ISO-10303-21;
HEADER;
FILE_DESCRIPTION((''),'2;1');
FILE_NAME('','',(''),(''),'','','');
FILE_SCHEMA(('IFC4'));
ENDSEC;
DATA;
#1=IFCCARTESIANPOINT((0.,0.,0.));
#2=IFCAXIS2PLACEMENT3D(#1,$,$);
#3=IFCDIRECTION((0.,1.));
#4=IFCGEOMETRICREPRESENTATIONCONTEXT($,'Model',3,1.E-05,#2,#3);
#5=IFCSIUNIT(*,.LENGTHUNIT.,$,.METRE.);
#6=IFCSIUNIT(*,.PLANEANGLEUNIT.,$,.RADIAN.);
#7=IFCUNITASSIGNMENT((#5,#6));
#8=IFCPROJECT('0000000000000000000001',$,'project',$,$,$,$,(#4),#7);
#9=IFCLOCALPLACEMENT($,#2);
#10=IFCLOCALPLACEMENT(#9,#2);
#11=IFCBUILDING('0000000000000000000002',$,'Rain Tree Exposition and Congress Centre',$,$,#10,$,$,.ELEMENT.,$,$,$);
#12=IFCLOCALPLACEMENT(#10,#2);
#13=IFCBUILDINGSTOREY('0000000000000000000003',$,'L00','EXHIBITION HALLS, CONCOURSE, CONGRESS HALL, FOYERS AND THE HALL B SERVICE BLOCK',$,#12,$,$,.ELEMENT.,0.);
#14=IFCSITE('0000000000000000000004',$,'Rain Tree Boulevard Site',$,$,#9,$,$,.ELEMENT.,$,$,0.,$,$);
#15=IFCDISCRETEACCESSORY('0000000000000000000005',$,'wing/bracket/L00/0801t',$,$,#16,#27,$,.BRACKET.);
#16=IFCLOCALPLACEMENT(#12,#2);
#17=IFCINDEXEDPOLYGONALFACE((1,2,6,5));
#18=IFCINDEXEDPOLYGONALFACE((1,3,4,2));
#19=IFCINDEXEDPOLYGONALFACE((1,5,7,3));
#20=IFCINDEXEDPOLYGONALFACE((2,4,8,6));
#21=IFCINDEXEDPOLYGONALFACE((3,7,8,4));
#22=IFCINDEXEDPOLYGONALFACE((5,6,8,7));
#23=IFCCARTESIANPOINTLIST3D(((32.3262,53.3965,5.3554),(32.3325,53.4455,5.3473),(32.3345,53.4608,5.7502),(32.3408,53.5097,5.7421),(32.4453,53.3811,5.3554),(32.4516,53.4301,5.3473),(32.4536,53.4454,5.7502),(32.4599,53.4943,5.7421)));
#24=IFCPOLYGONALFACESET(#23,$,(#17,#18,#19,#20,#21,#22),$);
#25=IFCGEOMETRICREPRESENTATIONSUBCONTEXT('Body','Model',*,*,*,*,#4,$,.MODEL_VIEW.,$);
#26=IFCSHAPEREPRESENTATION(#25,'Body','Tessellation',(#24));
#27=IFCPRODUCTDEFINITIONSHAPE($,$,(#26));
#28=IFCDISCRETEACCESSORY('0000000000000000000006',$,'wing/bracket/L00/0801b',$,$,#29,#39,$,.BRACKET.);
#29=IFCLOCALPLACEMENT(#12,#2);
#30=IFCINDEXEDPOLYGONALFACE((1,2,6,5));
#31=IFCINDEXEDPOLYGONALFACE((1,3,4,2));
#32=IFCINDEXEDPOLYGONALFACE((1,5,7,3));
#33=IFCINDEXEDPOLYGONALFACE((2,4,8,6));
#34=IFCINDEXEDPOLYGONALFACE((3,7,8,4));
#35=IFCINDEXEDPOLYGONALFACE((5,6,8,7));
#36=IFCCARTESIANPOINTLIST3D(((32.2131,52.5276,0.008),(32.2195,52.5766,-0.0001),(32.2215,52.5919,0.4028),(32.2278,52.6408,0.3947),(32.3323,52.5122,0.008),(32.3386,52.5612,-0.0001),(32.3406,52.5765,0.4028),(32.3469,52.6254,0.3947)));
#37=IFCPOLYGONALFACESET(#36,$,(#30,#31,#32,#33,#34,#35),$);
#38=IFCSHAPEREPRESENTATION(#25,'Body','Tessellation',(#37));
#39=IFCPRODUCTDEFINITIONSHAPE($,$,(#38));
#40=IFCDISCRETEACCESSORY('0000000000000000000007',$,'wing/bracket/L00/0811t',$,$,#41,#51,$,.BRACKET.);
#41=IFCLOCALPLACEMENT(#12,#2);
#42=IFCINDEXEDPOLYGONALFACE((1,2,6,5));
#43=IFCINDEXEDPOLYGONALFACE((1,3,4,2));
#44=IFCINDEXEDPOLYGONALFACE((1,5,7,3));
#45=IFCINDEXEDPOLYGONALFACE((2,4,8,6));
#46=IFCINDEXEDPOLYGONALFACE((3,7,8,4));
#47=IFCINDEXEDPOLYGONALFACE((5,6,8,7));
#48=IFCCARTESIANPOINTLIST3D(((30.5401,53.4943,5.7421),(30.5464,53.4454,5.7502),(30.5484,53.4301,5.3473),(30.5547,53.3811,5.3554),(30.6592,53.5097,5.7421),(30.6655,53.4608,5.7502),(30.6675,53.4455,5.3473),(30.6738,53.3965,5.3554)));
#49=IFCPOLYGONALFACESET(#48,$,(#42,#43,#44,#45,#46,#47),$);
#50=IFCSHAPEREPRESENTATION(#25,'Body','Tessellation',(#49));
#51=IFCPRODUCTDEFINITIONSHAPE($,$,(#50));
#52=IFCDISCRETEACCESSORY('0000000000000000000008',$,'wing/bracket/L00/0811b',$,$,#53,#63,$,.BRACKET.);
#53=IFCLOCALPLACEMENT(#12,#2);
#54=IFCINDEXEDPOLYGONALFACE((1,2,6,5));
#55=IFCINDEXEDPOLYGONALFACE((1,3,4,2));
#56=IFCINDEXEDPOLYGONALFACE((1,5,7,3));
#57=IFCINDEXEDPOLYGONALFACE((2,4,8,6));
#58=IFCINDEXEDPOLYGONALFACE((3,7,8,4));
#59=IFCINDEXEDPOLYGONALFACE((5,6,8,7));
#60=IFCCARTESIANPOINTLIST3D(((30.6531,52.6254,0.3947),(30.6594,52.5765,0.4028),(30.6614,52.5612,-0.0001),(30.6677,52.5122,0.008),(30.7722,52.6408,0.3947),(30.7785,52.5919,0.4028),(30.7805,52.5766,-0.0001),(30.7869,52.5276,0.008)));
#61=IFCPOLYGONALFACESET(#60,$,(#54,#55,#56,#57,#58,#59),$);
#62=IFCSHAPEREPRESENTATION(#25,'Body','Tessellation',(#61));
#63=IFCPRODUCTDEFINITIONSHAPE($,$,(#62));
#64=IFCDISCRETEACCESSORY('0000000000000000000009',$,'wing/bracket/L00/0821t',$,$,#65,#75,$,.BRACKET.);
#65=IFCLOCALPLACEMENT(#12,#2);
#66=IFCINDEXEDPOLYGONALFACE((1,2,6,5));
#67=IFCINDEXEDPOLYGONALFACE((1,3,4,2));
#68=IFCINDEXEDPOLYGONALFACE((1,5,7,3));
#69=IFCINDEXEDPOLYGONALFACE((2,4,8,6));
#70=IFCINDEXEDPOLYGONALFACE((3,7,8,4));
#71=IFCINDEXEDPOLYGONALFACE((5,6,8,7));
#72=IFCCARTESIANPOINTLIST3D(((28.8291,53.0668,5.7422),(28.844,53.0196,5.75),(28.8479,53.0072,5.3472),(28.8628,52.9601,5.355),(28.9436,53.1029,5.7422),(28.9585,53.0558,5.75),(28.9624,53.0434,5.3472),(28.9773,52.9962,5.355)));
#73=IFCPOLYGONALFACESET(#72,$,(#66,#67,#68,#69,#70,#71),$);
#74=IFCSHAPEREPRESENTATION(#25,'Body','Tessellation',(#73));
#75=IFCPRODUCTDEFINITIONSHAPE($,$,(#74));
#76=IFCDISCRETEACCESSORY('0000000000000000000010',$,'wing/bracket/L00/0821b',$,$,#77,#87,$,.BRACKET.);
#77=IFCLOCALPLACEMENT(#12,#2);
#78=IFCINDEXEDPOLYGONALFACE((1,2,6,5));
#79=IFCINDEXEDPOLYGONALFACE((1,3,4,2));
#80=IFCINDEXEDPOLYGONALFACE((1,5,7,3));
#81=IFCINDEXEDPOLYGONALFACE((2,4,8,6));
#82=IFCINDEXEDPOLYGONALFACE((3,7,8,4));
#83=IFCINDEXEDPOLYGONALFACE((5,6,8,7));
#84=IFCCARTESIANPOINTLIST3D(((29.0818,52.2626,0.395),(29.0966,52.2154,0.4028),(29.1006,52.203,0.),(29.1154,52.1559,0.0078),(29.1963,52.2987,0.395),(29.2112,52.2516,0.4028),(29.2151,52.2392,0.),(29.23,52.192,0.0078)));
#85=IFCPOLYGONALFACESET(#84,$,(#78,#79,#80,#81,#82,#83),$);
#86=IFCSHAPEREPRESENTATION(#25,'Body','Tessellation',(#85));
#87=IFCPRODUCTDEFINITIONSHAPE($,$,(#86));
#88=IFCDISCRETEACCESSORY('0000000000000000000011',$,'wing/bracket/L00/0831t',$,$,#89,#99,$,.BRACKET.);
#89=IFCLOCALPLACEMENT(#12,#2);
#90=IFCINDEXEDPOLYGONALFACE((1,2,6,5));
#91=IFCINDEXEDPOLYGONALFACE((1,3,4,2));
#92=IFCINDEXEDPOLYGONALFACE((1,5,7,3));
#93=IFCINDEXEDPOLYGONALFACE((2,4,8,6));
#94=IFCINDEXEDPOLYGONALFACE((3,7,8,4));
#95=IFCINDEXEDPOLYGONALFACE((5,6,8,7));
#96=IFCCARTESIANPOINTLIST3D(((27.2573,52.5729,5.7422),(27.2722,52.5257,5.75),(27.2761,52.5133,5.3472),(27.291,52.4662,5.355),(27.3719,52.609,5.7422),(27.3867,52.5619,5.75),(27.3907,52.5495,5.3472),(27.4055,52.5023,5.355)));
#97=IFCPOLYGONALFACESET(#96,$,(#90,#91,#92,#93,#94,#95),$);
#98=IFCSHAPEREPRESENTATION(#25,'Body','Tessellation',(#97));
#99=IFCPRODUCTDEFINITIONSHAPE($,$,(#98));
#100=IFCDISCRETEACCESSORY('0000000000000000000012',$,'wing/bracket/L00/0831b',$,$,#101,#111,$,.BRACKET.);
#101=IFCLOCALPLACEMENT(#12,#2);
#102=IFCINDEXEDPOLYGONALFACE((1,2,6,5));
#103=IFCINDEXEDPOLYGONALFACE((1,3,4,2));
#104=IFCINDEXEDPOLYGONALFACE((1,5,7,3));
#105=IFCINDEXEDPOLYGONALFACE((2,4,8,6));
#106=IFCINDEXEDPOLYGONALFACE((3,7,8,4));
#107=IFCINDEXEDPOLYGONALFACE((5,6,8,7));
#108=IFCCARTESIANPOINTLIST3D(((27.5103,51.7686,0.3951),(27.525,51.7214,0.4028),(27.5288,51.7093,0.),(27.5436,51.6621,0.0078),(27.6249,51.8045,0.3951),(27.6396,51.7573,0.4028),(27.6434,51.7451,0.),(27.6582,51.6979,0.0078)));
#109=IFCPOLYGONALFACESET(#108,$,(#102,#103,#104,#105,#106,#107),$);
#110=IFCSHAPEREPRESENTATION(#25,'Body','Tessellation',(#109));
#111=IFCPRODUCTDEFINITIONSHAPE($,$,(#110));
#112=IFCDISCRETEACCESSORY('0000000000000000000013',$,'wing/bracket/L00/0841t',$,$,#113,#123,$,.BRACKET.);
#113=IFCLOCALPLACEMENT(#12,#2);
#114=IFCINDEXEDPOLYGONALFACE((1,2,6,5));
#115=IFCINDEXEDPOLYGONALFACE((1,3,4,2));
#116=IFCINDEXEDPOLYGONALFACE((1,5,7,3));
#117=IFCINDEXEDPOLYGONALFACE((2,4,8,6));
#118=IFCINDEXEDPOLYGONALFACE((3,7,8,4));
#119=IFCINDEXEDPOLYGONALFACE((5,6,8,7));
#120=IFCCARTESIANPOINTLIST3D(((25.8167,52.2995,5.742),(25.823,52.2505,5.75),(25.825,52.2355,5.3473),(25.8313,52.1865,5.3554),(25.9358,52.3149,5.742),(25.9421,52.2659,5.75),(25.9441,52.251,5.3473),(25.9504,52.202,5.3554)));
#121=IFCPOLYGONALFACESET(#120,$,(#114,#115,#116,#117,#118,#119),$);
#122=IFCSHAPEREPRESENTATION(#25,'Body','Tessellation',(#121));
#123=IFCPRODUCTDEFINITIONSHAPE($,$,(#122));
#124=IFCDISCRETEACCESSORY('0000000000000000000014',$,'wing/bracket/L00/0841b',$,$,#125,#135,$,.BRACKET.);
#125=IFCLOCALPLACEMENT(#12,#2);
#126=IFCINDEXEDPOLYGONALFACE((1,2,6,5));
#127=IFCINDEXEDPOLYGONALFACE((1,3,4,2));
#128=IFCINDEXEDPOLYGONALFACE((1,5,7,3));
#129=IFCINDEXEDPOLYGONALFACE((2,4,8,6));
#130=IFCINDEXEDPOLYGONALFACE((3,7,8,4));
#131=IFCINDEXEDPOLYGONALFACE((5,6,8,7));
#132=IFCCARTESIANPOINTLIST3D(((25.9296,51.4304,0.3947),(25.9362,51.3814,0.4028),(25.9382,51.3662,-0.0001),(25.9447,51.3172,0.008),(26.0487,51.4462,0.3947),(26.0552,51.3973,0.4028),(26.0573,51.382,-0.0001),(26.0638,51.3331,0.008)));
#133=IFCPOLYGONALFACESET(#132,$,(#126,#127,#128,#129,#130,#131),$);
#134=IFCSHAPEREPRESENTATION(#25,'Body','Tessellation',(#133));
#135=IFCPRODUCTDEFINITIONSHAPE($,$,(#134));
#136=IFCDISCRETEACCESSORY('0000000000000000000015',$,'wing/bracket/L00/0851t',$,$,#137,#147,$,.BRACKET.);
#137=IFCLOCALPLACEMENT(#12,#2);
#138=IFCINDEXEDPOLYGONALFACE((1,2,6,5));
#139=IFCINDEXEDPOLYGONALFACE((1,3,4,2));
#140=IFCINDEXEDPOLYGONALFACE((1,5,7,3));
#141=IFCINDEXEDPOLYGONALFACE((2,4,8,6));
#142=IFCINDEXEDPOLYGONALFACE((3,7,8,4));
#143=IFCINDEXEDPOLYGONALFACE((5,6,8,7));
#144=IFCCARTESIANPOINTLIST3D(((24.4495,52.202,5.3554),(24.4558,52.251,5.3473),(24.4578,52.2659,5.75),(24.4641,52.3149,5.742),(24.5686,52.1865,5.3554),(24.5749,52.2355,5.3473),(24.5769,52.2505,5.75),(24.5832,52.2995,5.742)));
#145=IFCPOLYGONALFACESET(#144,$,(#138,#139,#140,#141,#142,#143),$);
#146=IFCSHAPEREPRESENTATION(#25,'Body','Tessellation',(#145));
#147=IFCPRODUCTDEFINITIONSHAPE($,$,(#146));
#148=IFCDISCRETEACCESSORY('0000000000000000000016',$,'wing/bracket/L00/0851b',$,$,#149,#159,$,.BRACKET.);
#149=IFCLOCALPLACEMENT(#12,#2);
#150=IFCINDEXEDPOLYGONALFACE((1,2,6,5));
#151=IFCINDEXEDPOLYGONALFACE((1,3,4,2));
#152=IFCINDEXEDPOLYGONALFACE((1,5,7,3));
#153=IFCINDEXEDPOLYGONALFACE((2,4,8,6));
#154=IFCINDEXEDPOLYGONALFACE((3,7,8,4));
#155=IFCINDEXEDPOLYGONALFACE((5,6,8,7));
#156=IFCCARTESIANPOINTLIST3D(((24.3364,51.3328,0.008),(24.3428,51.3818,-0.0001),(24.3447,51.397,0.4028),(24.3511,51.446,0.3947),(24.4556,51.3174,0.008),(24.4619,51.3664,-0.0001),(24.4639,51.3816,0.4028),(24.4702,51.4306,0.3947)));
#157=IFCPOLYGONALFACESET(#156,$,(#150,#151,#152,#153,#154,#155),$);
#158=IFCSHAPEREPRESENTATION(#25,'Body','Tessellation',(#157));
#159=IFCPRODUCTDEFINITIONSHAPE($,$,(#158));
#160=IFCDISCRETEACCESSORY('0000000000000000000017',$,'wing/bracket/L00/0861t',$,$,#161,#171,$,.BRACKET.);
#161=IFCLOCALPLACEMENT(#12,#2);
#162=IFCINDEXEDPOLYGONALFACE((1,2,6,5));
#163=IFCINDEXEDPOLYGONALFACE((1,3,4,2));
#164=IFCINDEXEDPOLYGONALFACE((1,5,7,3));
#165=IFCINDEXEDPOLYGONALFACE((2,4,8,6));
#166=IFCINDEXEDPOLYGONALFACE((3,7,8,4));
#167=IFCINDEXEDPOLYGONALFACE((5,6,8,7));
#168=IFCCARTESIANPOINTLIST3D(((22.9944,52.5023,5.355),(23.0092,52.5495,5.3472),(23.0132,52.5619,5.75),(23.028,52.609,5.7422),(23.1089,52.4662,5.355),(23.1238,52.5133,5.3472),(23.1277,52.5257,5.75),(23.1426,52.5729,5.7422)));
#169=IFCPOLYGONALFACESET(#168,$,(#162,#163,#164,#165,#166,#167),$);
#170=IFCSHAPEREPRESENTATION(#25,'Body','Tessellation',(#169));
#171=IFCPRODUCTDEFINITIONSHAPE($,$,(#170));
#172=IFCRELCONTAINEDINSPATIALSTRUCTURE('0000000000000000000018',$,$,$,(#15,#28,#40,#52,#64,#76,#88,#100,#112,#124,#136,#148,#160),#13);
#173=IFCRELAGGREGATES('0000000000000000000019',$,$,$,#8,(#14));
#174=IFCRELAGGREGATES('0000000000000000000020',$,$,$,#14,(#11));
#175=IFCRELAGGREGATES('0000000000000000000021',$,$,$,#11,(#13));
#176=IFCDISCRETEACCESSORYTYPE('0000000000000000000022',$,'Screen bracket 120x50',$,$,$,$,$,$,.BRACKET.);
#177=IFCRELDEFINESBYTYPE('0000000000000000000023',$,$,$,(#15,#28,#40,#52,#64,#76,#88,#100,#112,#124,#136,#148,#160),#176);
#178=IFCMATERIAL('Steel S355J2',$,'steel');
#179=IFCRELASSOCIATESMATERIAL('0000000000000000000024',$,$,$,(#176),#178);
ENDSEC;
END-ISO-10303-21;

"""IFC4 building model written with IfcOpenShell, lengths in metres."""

from ifc_helpers import new_model, si_unit, direction, frame, origin, origin_2d, place, context, subcontext, project, spatial, rectangle, extrude, material, material_profile, profile_set, type_object, element, save


model = new_model("IFC4")

# Units and contexts
model_context = context("Model", 3, precision=1e-05, world=origin(), true_north=direction((0.0, 1.0)))
body_context = subcontext(model_context, "Body", "Model", "MODEL_VIEW")
ifc_project = project(units=[si_unit("LENGTHUNIT", "METRE"), si_unit("PLANEANGLEUNIT", "RADIAN")], contexts=[model_context])

# Site, building, storey
site_placement = place(None, origin())
site = spatial("IfcSite", under=ifc_project, at=site_placement, Name="Rain Tree Boulevard Site", CompositionType="ELEMENT", RefElevation=0.0)
building_placement = place(site_placement, origin())
building = spatial("IfcBuilding", under=site, at=building_placement, Name="Rain Tree Exposition and Congress Centre", CompositionType="ELEMENT")
storey_placement = place(building_placement, origin())
storey = spatial("IfcBuildingStorey", under=building, at=storey_placement, Name="L00", Description="EXHIBITION HALLS, CONCOURSE, CONGRESS HALL, FOYERS AND THE HALL B SERVICE BLOCK", CompositionType="ELEMENT", Elevation=0.0)

# Discrete accessories
ifc_material_1 = material(Name="Steel S355J2", Category="steel")
ifc_material_profile_1 = material_profile(ifc_material_1, rectangle(XDim=0.1201, YDim=0.05, at=origin_2d()), Name="Flat bar 120x50")
ifc_profile_set_1 = profile_set([ifc_material_profile_1], Name="Steel S355J2")
discrete_accessory_type = type_object("IfcDiscreteAccessoryType", Name="Screen bracket 120x50", PredefinedType="BRACKET", material=ifc_profile_set_1)
for number, where, z_axis, x_axis, name in (
    (1, (32.3889, 53.4133, 5.3513), (0.020749, 0.160503, 0.986817), (-0.991747, 0.128211, 0.0), "wing/bracket/L00/0801t"),
    (2, (32.2759, 52.5444, 0.0039), (0.020749, 0.160503, 0.986817), (-0.991747, 0.128211, 0.0), "wing/bracket/L00/0801b"),
    (3, (30.6111, 53.4133, 5.3513), (-0.020749, 0.160503, 0.986817), (-0.991747, -0.128211, 0.0), "wing/bracket/L00/0811t"),
    (4, (30.7241, 52.5444, 0.0039), (-0.020749, 0.160503, 0.986817), (-0.991747, -0.128211, 0.0), "wing/bracket/L00/0811b"),
):
    element("IfcDiscreteAccessory", number, at=place(storey_placement, frame(where, z_axis=z_axis, x_axis=x_axis)), inside=storey, type_object=discrete_accessory_type, Name=name, PredefinedType="BRACKET", context=body_context, shape_type="SweptSolid", body=[
        extrude(rectangle(XDim=0.1201, YDim=0.05, at=origin_2d()), origin(), (0.0, 0.0, 1.0), 0.4001),
    ])
for number, where, z_axis, x_axis, name in (
    (5, (28.9126, 53.0017, 5.3511), (-0.047006, 0.148953, 0.987726), (-0.953642, -0.300944, 0.0), "wing/bracket/L00/0821t"),
    (6, (29.1653, 52.1975, 0.0039), (-0.047006, 0.148953, 0.987726), (-0.953642, -0.300944, 0.0), "wing/bracket/L00/0821b"),
    (7, (27.3408, 52.5078, 5.3511), (-0.047006, 0.148953, 0.987726), (-0.953642, -0.300944, 0.0), "wing/bracket/L00/0831t"),
    (8, (27.5935, 51.7036, 0.0039), (-0.046401, 0.14836, 0.987844), (-0.95441, -0.298499, 0.0), "wing/bracket/L00/0831b"),
    (9, (25.8877, 52.2188, 5.3513), (-0.020751, 0.159908, 0.986914), (-0.991685, -0.128692, 0.0), "wing/bracket/L00/0841t"),
):
    element("IfcDiscreteAccessory", number, at=place(storey_placement, frame(where, z_axis=z_axis, x_axis=x_axis)), inside=storey, type_object=discrete_accessory_type, Name=name, PredefinedType="BRACKET", context=body_context, shape_type="SweptSolid", body=[
        extrude(rectangle(XDim=0.1201, YDim=0.05, at=origin_2d()), origin(), (0.0, 0.0, 1.0), 0.3999),
    ])
discrete_accessory_1_placement = place(storey_placement, frame((26.001, 51.3496, 0.0039), z_axis=(-0.021359, 0.160501, 0.986805), x_axis=(-0.991261, -0.131917, 0.0)))
element("IfcDiscreteAccessory", 10, at=discrete_accessory_1_placement, inside=storey, type_object=discrete_accessory_type, Name="wing/bracket/L00/0841b", PredefinedType="BRACKET", context=body_context, shape_type="SweptSolid", body=[
    extrude(rectangle(XDim=0.1201, YDim=0.05, at=origin_2d()), origin(), (0.0, 0.0, 1.0), 0.4001),
])
discrete_accessory_2_placement = place(storey_placement, frame((24.5122, 52.2188, 5.3513), z_axis=(0.020751, 0.159908, 0.986914), x_axis=(-0.991685, 0.128692, 0.0)))
element("IfcDiscreteAccessory", 11, at=discrete_accessory_2_placement, inside=storey, type_object=discrete_accessory_type, Name="wing/bracket/L00/0851t", PredefinedType="BRACKET", context=body_context, shape_type="SweptSolid", body=[
    extrude(rectangle(XDim=0.1201, YDim=0.05, at=origin_2d()), origin(), (0.0, 0.0, 1.0), 0.3999),
])
discrete_accessory_3_placement = place(storey_placement, frame((24.3992, 51.3496, 0.0039), z_axis=(0.020749, 0.160503, 0.986817), x_axis=(-0.991747, 0.128211, 0.0)))
element("IfcDiscreteAccessory", 12, at=discrete_accessory_3_placement, inside=storey, type_object=discrete_accessory_type, Name="wing/bracket/L00/0851b", PredefinedType="BRACKET", context=body_context, shape_type="SweptSolid", body=[
    extrude(rectangle(XDim=0.1201, YDim=0.05, at=origin_2d()), origin(), (0.0, 0.0, 1.0), 0.4001),
])
discrete_accessory_4_placement = place(storey_placement, frame((23.0591, 52.5078, 5.3511), z_axis=(0.047006, 0.148953, 0.987726), x_axis=(-0.953642, 0.300944, 0.0)))
element("IfcDiscreteAccessory", 13, at=discrete_accessory_4_placement, inside=storey, type_object=discrete_accessory_type, Name="wing/bracket/L00/0861t", PredefinedType="BRACKET", context=body_context, shape_type="SweptSolid", body=[
    extrude(rectangle(XDim=0.1201, YDim=0.05, at=origin_2d()), origin(), (0.0, 0.0, 1.0), 0.3999),
])

save(model, "model.ifc")
